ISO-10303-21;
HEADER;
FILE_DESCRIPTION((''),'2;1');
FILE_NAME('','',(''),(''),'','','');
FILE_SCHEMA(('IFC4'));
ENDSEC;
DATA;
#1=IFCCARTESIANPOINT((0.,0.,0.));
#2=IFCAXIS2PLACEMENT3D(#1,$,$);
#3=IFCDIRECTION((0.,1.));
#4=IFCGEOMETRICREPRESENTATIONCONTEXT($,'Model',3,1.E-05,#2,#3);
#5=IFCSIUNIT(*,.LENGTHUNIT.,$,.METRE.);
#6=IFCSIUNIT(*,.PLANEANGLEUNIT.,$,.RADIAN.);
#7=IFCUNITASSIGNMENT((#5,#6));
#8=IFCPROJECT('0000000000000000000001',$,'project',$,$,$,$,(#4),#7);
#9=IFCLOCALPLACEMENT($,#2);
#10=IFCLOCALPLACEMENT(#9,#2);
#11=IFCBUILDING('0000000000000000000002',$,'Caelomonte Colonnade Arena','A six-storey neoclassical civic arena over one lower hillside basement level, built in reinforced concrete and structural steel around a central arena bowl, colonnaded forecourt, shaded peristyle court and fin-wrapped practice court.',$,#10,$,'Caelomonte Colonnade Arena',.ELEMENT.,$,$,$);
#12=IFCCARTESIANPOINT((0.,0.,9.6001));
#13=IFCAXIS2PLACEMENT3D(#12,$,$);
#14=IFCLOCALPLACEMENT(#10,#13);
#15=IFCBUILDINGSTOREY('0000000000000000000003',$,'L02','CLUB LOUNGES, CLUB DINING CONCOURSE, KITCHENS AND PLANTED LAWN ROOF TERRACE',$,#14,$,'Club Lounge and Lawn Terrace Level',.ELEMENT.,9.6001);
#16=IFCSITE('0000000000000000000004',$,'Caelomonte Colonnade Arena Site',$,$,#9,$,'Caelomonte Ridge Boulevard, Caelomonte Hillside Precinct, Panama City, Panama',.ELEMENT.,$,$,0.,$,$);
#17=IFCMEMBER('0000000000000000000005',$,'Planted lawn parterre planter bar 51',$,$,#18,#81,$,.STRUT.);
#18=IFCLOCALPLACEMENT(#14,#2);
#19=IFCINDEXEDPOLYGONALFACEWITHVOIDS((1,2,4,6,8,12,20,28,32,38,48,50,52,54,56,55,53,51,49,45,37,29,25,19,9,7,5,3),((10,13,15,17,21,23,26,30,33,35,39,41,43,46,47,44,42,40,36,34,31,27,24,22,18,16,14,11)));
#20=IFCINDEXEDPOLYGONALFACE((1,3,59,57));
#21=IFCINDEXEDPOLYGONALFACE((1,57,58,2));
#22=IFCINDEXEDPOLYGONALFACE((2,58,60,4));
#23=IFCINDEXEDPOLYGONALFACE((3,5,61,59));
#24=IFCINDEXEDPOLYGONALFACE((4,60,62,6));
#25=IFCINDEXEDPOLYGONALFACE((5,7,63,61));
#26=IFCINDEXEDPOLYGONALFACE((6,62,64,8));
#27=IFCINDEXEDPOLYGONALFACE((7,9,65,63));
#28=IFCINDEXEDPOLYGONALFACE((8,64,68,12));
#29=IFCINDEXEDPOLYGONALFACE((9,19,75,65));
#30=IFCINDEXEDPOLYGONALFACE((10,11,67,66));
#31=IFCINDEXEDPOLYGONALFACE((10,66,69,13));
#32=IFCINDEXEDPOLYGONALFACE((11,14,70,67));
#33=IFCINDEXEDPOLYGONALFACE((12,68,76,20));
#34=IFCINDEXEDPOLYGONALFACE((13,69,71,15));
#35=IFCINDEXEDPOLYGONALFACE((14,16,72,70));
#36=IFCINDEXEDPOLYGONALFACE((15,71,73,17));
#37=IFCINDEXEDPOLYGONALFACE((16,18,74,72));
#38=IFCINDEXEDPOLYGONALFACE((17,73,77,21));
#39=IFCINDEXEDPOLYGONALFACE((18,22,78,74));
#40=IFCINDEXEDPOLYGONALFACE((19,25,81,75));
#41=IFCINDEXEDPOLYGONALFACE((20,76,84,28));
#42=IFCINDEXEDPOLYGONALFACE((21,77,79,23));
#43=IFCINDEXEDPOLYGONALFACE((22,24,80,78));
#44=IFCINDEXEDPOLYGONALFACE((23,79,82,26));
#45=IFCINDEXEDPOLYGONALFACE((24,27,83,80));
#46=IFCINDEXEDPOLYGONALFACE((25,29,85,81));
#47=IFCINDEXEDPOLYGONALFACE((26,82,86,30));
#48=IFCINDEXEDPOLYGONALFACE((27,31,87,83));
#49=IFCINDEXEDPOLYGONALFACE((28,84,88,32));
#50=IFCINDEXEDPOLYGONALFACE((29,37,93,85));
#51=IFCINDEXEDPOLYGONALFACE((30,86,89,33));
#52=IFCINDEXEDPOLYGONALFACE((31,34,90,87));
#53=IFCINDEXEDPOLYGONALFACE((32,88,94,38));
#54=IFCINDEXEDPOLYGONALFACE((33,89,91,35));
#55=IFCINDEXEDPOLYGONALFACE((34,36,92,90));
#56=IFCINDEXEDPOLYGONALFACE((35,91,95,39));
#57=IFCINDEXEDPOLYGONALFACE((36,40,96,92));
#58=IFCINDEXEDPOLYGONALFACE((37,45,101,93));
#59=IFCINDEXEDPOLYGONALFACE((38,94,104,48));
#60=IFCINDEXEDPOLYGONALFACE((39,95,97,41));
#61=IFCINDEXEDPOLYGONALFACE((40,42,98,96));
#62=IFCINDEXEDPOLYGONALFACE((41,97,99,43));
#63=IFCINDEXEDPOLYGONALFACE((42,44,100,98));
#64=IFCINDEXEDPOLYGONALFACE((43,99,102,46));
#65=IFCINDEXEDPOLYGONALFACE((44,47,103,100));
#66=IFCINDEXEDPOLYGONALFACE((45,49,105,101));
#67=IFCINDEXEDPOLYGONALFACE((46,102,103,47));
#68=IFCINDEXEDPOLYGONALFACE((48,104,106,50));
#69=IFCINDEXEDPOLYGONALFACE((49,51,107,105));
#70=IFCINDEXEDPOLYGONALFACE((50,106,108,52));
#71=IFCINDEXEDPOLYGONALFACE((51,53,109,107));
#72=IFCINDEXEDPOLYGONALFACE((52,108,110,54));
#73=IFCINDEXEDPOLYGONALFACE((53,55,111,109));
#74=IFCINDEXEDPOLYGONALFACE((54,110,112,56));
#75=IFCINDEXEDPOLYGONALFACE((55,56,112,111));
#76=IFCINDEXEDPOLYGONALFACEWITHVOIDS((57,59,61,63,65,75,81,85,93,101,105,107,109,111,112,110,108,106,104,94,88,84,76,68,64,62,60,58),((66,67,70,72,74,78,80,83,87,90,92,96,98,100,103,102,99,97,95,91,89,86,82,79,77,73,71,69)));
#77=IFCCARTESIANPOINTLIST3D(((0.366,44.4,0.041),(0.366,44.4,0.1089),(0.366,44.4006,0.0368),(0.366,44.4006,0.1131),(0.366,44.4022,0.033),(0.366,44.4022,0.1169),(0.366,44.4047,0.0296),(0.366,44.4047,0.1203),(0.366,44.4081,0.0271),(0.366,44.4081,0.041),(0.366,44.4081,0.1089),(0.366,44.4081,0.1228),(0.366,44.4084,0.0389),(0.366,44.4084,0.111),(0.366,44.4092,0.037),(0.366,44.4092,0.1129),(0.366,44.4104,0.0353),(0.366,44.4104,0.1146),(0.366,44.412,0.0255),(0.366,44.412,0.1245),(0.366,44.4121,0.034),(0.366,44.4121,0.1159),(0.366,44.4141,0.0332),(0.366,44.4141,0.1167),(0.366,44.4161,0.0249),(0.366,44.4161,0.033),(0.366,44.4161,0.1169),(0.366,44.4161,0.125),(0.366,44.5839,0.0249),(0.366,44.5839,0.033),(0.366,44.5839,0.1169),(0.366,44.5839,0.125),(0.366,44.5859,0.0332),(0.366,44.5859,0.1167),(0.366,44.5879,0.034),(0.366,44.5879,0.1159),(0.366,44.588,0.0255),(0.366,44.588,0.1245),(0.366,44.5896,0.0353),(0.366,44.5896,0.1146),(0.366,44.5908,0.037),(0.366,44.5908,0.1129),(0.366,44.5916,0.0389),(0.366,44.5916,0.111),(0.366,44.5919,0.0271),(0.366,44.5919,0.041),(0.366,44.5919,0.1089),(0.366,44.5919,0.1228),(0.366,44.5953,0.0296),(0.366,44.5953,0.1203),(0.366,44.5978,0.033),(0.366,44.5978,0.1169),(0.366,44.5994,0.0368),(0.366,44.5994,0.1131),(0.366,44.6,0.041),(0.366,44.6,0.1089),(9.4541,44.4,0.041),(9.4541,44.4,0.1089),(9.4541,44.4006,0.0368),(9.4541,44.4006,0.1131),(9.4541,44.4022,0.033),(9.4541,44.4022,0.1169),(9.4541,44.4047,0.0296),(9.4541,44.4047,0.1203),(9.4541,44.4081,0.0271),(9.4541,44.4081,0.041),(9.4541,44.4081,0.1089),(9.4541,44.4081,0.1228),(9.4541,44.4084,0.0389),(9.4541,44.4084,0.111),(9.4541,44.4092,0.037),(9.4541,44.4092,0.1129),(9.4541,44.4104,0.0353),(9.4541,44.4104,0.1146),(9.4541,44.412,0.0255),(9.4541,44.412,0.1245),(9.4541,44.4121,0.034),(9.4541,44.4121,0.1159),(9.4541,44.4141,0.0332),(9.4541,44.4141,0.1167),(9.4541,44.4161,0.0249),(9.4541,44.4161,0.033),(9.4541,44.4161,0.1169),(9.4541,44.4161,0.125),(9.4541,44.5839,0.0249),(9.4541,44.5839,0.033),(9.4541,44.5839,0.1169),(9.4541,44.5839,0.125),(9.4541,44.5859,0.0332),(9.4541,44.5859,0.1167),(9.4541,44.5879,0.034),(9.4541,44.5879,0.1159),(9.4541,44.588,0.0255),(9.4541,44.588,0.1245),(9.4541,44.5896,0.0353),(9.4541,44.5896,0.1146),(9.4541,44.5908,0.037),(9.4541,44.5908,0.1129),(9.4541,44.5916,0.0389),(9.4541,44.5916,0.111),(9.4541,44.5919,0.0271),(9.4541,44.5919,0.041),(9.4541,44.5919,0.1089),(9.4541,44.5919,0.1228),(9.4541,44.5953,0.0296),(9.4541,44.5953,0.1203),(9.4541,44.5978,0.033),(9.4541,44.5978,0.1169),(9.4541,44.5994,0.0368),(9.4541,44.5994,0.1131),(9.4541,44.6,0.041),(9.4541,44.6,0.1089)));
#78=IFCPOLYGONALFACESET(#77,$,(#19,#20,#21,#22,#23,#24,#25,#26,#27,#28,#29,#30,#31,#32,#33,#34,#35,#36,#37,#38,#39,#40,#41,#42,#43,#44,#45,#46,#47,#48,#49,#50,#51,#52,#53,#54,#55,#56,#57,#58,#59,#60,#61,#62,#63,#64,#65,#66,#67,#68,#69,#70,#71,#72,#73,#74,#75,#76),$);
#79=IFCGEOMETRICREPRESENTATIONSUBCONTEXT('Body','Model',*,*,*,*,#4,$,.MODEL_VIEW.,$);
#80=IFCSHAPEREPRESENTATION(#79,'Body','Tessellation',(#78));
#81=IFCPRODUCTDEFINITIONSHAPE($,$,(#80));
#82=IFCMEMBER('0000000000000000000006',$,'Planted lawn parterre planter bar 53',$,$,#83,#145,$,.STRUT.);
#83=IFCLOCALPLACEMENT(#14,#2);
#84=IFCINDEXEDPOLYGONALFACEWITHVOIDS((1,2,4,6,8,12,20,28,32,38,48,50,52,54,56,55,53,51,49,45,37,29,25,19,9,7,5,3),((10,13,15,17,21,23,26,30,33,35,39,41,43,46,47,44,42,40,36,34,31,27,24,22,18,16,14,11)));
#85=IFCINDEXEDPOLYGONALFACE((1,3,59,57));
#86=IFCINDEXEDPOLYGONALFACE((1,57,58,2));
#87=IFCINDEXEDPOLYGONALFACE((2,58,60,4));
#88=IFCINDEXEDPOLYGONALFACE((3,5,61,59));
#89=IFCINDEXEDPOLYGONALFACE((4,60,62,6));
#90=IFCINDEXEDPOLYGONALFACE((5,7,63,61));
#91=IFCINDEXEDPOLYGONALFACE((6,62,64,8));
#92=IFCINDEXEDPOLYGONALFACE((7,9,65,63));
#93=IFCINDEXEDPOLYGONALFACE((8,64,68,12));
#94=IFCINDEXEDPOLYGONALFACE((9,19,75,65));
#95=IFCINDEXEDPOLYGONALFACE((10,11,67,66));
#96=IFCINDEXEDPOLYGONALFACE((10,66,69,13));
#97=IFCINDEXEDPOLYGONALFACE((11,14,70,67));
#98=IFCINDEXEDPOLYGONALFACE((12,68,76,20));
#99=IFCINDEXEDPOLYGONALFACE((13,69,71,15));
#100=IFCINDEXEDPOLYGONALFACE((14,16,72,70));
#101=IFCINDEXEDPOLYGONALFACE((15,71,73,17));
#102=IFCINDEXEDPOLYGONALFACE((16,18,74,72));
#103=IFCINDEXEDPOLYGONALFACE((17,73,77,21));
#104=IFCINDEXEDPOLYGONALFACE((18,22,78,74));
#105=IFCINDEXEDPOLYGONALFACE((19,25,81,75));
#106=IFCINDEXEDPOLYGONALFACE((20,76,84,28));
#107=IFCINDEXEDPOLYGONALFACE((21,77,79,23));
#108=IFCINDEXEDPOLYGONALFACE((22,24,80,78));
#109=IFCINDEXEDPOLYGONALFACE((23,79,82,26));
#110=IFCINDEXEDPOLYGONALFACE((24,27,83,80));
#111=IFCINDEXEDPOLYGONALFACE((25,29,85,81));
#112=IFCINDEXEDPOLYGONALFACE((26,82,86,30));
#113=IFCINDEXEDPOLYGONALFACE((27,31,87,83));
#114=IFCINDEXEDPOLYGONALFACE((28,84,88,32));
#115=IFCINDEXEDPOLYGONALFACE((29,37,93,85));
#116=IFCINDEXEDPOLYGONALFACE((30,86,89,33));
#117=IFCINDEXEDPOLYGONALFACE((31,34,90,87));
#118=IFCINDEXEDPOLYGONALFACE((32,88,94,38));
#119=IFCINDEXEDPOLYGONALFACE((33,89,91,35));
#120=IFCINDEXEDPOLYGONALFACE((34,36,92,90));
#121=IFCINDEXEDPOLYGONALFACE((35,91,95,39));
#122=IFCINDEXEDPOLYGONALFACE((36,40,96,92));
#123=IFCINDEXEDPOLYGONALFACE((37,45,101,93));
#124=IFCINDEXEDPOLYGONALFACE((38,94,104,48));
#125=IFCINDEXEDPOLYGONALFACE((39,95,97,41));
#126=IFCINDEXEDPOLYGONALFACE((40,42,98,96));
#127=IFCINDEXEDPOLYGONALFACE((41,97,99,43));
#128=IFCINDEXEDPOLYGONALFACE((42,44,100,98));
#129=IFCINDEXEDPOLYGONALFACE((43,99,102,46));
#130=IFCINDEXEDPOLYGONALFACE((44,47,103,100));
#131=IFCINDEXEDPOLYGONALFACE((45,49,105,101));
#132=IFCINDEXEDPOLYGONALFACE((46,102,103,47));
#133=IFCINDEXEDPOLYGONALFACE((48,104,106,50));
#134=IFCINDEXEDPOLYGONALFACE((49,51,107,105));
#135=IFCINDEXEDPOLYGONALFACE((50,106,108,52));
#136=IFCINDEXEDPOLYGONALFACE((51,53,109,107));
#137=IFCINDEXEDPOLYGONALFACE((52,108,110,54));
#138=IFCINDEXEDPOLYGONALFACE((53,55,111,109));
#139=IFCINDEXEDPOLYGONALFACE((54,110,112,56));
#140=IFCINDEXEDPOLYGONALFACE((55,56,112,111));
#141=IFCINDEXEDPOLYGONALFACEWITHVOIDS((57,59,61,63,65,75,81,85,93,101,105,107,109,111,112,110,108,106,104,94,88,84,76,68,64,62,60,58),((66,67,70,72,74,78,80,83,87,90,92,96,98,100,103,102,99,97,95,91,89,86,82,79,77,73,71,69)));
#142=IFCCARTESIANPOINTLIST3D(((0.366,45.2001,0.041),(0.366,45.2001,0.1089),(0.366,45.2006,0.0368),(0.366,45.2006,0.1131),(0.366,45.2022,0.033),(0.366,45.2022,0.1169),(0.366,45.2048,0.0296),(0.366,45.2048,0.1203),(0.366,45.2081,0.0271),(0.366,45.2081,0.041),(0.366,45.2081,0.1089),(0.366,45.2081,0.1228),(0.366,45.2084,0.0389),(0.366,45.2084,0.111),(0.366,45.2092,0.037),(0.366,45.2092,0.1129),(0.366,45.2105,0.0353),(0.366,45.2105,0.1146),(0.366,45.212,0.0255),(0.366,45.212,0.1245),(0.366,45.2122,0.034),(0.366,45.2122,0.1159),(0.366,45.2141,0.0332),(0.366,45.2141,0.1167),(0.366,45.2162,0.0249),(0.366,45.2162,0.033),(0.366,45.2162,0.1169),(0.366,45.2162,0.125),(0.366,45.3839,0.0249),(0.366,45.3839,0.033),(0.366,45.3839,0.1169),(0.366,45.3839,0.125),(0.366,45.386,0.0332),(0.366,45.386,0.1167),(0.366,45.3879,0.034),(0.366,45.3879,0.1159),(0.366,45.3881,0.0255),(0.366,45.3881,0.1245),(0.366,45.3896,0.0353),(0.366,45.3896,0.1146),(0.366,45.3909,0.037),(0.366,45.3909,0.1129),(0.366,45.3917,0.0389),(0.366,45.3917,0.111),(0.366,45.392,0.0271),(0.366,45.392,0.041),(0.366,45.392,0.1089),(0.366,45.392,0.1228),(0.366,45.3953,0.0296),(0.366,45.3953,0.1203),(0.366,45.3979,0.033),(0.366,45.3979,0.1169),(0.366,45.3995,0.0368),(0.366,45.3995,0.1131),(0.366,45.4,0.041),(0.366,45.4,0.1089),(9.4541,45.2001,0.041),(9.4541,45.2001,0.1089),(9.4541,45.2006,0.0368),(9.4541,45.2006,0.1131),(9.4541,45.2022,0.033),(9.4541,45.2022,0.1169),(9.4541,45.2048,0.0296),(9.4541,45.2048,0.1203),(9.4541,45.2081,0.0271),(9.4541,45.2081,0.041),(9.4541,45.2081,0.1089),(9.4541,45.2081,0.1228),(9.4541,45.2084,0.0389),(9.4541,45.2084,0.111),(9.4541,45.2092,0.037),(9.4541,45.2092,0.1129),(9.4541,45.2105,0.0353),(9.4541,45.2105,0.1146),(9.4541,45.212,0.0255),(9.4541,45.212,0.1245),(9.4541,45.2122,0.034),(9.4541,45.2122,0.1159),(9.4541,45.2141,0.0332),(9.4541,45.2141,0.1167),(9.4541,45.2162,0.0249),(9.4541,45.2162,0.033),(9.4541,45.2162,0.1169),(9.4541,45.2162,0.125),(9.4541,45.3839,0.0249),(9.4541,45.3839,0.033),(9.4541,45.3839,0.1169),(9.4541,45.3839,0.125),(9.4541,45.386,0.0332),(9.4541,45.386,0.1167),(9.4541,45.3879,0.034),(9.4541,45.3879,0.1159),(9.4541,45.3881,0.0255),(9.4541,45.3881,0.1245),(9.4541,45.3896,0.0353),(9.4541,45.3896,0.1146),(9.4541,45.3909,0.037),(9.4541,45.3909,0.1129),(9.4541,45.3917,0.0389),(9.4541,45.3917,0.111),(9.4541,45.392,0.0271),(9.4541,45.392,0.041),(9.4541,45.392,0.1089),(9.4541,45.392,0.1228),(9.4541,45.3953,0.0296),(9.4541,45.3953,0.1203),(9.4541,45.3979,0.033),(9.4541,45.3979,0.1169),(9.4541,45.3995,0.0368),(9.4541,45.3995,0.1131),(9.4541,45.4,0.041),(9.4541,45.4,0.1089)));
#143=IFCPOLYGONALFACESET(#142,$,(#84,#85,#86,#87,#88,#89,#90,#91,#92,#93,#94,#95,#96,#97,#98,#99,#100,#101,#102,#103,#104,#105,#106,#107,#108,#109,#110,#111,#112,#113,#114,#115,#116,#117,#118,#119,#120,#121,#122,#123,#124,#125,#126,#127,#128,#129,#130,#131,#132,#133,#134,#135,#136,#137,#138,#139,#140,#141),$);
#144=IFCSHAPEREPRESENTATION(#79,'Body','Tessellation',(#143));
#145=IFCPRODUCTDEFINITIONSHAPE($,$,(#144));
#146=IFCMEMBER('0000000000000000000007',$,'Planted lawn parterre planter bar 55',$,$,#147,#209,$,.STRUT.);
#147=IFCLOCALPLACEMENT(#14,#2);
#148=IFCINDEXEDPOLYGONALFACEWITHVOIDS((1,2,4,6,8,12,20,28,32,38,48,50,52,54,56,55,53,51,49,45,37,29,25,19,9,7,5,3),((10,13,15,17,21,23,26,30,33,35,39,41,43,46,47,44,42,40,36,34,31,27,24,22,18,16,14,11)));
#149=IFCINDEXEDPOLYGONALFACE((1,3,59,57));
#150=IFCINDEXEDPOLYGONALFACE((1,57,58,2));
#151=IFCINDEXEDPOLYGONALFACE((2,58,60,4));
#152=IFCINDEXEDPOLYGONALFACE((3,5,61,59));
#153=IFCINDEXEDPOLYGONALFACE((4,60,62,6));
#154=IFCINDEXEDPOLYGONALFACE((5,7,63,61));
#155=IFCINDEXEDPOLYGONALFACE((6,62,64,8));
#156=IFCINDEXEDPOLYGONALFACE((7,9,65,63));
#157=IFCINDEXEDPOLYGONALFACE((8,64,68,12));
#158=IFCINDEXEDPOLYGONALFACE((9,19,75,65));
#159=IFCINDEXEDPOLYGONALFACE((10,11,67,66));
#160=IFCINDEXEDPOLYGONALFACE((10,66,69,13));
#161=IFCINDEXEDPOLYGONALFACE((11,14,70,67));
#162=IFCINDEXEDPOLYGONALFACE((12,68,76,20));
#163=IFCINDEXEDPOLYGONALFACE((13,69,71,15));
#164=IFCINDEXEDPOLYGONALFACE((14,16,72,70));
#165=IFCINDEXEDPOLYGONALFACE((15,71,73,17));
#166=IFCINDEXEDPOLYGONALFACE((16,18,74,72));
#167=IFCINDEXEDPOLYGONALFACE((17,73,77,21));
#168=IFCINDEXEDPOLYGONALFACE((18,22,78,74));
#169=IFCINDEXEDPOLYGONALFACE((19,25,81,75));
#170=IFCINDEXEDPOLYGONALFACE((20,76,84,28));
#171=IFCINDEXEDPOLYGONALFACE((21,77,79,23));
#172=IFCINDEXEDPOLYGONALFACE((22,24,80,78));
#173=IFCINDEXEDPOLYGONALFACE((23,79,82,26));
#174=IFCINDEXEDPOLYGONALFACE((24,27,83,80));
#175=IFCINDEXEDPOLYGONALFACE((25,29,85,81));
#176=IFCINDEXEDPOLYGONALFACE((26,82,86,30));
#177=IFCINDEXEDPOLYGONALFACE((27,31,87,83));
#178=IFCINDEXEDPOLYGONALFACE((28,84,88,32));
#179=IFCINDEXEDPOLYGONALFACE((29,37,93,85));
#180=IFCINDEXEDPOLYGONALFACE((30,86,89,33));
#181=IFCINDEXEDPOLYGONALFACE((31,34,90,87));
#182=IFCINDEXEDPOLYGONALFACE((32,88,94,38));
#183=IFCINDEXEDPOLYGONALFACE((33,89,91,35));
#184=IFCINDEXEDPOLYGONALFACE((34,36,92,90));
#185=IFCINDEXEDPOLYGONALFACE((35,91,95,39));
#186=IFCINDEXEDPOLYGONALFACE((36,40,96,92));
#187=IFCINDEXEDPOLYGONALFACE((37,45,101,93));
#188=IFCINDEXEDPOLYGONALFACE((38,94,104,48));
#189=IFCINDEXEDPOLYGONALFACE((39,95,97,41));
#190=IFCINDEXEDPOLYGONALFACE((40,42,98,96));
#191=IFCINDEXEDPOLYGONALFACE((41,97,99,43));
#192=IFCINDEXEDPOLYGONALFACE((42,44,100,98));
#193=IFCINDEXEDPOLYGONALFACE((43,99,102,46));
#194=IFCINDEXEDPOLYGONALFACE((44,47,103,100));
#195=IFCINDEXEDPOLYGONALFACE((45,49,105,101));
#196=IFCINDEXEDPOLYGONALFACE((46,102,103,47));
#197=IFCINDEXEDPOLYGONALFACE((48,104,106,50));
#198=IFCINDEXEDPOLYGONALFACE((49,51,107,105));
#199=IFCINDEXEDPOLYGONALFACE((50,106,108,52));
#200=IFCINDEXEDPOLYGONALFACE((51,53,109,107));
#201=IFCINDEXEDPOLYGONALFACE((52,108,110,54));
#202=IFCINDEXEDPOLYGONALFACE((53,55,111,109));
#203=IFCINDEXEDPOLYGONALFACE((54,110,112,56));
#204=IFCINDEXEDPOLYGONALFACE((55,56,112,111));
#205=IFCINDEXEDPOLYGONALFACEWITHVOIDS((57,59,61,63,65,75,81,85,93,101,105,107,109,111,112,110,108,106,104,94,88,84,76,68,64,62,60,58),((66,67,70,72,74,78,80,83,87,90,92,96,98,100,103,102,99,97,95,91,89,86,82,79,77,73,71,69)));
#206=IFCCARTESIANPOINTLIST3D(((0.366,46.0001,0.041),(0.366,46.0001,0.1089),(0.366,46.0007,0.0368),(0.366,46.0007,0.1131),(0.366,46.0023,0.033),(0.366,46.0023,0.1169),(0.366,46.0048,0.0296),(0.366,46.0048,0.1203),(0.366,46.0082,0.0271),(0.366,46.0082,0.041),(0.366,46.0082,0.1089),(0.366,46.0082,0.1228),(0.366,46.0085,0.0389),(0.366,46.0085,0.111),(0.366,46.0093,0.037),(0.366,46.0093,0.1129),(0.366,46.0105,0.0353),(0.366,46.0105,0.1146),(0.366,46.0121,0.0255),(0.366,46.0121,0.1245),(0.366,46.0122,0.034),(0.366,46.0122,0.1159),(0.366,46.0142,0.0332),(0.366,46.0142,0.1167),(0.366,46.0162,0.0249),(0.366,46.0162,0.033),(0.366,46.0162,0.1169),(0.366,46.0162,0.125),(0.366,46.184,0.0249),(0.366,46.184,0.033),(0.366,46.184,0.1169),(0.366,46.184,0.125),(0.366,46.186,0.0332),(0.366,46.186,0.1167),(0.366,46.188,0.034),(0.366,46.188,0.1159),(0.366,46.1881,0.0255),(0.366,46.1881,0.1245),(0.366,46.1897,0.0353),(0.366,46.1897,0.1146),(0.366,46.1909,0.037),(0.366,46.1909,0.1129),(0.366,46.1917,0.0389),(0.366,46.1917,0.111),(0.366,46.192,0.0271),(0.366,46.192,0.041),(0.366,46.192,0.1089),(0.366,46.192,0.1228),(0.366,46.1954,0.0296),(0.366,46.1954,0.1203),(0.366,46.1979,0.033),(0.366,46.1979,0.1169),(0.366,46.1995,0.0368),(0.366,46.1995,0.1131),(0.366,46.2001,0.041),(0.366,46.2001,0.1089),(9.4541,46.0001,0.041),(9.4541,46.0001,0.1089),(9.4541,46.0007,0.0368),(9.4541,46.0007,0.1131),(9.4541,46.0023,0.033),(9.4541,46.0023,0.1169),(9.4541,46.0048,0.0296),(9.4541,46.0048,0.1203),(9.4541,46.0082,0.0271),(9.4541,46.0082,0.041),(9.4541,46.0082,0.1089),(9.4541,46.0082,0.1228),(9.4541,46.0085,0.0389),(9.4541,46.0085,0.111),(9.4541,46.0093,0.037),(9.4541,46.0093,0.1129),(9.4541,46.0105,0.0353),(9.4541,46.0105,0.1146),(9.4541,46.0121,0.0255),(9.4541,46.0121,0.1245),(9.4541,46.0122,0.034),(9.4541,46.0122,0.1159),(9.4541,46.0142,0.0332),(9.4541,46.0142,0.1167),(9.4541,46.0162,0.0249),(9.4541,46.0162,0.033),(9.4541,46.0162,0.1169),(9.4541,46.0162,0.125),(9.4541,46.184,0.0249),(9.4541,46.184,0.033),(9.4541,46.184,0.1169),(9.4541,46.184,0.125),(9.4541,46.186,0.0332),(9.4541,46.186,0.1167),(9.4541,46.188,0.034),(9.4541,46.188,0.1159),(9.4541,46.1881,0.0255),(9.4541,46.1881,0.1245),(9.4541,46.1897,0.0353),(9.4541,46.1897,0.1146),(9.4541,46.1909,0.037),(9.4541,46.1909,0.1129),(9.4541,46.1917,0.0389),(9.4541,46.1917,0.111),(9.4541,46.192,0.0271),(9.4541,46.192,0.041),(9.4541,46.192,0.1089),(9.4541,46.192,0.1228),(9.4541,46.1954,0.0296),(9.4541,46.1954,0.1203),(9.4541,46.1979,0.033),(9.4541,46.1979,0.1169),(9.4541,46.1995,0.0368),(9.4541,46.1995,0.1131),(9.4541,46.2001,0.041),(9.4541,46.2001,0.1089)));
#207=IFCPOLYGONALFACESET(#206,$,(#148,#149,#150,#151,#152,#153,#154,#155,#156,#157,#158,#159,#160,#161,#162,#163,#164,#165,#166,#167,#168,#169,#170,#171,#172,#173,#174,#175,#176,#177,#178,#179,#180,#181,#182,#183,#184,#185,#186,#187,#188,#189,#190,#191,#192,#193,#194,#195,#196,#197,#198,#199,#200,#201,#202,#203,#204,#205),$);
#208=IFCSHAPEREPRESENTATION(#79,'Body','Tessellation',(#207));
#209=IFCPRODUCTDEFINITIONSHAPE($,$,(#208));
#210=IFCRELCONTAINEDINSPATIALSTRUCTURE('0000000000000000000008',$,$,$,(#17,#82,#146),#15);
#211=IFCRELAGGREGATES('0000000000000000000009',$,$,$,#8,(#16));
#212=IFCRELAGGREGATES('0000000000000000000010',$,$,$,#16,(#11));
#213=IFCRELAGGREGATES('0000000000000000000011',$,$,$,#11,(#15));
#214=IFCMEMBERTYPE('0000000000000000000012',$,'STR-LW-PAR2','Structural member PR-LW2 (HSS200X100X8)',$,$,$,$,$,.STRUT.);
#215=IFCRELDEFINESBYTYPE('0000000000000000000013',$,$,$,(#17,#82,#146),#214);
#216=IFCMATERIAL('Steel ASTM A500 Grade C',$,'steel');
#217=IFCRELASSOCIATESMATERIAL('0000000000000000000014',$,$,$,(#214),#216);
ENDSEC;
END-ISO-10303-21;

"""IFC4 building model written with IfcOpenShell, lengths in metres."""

from ifc_helpers import new_model, si_unit, direction, frame, origin, origin_2d, place, context, subcontext, project, spatial, hollow_rectangle, extrude, material, material_profile, profile_set, type_object, element, save


model = new_model("IFC4")

# Units and contexts
model_context = context("Model", 3, precision=1e-05, world=origin(), true_north=direction((0.0, 1.0)))
body_context = subcontext(model_context, "Body", "Model", "MODEL_VIEW")
ifc_project = project(units=[si_unit("LENGTHUNIT", "METRE"), si_unit("PLANEANGLEUNIT", "RADIAN")], contexts=[model_context])

# Site, building, storey
site_placement = place(None, origin())
site = spatial("IfcSite", under=ifc_project, at=site_placement, Name="Caelomonte Colonnade Arena Site", LongName="Caelomonte Ridge Boulevard, Caelomonte Hillside Precinct, Panama City, Panama", CompositionType="ELEMENT", RefElevation=0.0)
building_placement = place(site_placement, origin())
building = spatial("IfcBuilding", under=site, at=building_placement, Name="Caelomonte Colonnade Arena", Description="A six-storey neoclassical civic arena over one lower hillside basement level, built in reinforced concrete and structural steel around a central arena bowl, colonnaded forecourt, shaded peristyle court and fin-wrapped practice court.", LongName="Caelomonte Colonnade Arena", CompositionType="ELEMENT")
storey_placement = place(building_placement, frame((0.0, 0.0, 9.6001)))
storey = spatial("IfcBuildingStorey", under=building, at=storey_placement, Name="L02", Description="CLUB LOUNGES, CLUB DINING CONCOURSE, KITCHENS AND PLANTED LAWN ROOF TERRACE", LongName="Club Lounge and Lawn Terrace Level", CompositionType="ELEMENT", Elevation=9.6001)

# Members
ifc_material_1 = material(Name="Steel ASTM A500 Grade C", Category="steel")
ifc_material_profile_1 = material_profile(ifc_material_1, hollow_rectangle(XDim=0.2, YDim=0.1001, WallThickness=0.0081, InnerFilletRadius=0.0081, OuterFilletRadius=0.0161, at=origin_2d()), Name="HSS200X100X8")
ifc_profile_set_1 = profile_set([ifc_material_profile_1], Name="Steel ASTM A500 Grade C")
member_type_1 = type_object("IfcMemberType", Name="STR-LW-PAR2", Description="Structural member PR-LW2 (HSS200X100X8)", PredefinedType="STRUT", material=ifc_profile_set_1)
for number, where, z_axis, x_axis, name in (
    (1, (0.366, 44.5, 0.075), (1.0, 0.0, 0.0), (0.0, 1.0, 0.0), "Planted lawn parterre planter bar 51"),
    (2, (0.366, 45.3, 0.075), (1.0, 0.0, 0.0), (0.0, 1.0, 0.0), "Planted lawn parterre planter bar 53"),
    (3, (0.366, 46.1001, 0.075), (1.0, 0.0, 0.0), (0.0, 1.0, 0.0), "Planted lawn parterre planter bar 55"),
):
    element("IfcMember", number, at=place(storey_placement, frame(where, z_axis=z_axis, x_axis=x_axis)), inside=storey, type_object=member_type_1, Name=name, PredefinedType="STRUT", context=body_context, shape_type="SweptSolid", body=[
        extrude(hollow_rectangle(XDim=0.2, YDim=0.1001, WallThickness=0.0081, InnerFilletRadius=0.0081, OuterFilletRadius=0.0161, at=origin_2d()), origin(), (0.0, 0.0, 1.0), 9.0881),
    ])

save(model, "model.ifc")
